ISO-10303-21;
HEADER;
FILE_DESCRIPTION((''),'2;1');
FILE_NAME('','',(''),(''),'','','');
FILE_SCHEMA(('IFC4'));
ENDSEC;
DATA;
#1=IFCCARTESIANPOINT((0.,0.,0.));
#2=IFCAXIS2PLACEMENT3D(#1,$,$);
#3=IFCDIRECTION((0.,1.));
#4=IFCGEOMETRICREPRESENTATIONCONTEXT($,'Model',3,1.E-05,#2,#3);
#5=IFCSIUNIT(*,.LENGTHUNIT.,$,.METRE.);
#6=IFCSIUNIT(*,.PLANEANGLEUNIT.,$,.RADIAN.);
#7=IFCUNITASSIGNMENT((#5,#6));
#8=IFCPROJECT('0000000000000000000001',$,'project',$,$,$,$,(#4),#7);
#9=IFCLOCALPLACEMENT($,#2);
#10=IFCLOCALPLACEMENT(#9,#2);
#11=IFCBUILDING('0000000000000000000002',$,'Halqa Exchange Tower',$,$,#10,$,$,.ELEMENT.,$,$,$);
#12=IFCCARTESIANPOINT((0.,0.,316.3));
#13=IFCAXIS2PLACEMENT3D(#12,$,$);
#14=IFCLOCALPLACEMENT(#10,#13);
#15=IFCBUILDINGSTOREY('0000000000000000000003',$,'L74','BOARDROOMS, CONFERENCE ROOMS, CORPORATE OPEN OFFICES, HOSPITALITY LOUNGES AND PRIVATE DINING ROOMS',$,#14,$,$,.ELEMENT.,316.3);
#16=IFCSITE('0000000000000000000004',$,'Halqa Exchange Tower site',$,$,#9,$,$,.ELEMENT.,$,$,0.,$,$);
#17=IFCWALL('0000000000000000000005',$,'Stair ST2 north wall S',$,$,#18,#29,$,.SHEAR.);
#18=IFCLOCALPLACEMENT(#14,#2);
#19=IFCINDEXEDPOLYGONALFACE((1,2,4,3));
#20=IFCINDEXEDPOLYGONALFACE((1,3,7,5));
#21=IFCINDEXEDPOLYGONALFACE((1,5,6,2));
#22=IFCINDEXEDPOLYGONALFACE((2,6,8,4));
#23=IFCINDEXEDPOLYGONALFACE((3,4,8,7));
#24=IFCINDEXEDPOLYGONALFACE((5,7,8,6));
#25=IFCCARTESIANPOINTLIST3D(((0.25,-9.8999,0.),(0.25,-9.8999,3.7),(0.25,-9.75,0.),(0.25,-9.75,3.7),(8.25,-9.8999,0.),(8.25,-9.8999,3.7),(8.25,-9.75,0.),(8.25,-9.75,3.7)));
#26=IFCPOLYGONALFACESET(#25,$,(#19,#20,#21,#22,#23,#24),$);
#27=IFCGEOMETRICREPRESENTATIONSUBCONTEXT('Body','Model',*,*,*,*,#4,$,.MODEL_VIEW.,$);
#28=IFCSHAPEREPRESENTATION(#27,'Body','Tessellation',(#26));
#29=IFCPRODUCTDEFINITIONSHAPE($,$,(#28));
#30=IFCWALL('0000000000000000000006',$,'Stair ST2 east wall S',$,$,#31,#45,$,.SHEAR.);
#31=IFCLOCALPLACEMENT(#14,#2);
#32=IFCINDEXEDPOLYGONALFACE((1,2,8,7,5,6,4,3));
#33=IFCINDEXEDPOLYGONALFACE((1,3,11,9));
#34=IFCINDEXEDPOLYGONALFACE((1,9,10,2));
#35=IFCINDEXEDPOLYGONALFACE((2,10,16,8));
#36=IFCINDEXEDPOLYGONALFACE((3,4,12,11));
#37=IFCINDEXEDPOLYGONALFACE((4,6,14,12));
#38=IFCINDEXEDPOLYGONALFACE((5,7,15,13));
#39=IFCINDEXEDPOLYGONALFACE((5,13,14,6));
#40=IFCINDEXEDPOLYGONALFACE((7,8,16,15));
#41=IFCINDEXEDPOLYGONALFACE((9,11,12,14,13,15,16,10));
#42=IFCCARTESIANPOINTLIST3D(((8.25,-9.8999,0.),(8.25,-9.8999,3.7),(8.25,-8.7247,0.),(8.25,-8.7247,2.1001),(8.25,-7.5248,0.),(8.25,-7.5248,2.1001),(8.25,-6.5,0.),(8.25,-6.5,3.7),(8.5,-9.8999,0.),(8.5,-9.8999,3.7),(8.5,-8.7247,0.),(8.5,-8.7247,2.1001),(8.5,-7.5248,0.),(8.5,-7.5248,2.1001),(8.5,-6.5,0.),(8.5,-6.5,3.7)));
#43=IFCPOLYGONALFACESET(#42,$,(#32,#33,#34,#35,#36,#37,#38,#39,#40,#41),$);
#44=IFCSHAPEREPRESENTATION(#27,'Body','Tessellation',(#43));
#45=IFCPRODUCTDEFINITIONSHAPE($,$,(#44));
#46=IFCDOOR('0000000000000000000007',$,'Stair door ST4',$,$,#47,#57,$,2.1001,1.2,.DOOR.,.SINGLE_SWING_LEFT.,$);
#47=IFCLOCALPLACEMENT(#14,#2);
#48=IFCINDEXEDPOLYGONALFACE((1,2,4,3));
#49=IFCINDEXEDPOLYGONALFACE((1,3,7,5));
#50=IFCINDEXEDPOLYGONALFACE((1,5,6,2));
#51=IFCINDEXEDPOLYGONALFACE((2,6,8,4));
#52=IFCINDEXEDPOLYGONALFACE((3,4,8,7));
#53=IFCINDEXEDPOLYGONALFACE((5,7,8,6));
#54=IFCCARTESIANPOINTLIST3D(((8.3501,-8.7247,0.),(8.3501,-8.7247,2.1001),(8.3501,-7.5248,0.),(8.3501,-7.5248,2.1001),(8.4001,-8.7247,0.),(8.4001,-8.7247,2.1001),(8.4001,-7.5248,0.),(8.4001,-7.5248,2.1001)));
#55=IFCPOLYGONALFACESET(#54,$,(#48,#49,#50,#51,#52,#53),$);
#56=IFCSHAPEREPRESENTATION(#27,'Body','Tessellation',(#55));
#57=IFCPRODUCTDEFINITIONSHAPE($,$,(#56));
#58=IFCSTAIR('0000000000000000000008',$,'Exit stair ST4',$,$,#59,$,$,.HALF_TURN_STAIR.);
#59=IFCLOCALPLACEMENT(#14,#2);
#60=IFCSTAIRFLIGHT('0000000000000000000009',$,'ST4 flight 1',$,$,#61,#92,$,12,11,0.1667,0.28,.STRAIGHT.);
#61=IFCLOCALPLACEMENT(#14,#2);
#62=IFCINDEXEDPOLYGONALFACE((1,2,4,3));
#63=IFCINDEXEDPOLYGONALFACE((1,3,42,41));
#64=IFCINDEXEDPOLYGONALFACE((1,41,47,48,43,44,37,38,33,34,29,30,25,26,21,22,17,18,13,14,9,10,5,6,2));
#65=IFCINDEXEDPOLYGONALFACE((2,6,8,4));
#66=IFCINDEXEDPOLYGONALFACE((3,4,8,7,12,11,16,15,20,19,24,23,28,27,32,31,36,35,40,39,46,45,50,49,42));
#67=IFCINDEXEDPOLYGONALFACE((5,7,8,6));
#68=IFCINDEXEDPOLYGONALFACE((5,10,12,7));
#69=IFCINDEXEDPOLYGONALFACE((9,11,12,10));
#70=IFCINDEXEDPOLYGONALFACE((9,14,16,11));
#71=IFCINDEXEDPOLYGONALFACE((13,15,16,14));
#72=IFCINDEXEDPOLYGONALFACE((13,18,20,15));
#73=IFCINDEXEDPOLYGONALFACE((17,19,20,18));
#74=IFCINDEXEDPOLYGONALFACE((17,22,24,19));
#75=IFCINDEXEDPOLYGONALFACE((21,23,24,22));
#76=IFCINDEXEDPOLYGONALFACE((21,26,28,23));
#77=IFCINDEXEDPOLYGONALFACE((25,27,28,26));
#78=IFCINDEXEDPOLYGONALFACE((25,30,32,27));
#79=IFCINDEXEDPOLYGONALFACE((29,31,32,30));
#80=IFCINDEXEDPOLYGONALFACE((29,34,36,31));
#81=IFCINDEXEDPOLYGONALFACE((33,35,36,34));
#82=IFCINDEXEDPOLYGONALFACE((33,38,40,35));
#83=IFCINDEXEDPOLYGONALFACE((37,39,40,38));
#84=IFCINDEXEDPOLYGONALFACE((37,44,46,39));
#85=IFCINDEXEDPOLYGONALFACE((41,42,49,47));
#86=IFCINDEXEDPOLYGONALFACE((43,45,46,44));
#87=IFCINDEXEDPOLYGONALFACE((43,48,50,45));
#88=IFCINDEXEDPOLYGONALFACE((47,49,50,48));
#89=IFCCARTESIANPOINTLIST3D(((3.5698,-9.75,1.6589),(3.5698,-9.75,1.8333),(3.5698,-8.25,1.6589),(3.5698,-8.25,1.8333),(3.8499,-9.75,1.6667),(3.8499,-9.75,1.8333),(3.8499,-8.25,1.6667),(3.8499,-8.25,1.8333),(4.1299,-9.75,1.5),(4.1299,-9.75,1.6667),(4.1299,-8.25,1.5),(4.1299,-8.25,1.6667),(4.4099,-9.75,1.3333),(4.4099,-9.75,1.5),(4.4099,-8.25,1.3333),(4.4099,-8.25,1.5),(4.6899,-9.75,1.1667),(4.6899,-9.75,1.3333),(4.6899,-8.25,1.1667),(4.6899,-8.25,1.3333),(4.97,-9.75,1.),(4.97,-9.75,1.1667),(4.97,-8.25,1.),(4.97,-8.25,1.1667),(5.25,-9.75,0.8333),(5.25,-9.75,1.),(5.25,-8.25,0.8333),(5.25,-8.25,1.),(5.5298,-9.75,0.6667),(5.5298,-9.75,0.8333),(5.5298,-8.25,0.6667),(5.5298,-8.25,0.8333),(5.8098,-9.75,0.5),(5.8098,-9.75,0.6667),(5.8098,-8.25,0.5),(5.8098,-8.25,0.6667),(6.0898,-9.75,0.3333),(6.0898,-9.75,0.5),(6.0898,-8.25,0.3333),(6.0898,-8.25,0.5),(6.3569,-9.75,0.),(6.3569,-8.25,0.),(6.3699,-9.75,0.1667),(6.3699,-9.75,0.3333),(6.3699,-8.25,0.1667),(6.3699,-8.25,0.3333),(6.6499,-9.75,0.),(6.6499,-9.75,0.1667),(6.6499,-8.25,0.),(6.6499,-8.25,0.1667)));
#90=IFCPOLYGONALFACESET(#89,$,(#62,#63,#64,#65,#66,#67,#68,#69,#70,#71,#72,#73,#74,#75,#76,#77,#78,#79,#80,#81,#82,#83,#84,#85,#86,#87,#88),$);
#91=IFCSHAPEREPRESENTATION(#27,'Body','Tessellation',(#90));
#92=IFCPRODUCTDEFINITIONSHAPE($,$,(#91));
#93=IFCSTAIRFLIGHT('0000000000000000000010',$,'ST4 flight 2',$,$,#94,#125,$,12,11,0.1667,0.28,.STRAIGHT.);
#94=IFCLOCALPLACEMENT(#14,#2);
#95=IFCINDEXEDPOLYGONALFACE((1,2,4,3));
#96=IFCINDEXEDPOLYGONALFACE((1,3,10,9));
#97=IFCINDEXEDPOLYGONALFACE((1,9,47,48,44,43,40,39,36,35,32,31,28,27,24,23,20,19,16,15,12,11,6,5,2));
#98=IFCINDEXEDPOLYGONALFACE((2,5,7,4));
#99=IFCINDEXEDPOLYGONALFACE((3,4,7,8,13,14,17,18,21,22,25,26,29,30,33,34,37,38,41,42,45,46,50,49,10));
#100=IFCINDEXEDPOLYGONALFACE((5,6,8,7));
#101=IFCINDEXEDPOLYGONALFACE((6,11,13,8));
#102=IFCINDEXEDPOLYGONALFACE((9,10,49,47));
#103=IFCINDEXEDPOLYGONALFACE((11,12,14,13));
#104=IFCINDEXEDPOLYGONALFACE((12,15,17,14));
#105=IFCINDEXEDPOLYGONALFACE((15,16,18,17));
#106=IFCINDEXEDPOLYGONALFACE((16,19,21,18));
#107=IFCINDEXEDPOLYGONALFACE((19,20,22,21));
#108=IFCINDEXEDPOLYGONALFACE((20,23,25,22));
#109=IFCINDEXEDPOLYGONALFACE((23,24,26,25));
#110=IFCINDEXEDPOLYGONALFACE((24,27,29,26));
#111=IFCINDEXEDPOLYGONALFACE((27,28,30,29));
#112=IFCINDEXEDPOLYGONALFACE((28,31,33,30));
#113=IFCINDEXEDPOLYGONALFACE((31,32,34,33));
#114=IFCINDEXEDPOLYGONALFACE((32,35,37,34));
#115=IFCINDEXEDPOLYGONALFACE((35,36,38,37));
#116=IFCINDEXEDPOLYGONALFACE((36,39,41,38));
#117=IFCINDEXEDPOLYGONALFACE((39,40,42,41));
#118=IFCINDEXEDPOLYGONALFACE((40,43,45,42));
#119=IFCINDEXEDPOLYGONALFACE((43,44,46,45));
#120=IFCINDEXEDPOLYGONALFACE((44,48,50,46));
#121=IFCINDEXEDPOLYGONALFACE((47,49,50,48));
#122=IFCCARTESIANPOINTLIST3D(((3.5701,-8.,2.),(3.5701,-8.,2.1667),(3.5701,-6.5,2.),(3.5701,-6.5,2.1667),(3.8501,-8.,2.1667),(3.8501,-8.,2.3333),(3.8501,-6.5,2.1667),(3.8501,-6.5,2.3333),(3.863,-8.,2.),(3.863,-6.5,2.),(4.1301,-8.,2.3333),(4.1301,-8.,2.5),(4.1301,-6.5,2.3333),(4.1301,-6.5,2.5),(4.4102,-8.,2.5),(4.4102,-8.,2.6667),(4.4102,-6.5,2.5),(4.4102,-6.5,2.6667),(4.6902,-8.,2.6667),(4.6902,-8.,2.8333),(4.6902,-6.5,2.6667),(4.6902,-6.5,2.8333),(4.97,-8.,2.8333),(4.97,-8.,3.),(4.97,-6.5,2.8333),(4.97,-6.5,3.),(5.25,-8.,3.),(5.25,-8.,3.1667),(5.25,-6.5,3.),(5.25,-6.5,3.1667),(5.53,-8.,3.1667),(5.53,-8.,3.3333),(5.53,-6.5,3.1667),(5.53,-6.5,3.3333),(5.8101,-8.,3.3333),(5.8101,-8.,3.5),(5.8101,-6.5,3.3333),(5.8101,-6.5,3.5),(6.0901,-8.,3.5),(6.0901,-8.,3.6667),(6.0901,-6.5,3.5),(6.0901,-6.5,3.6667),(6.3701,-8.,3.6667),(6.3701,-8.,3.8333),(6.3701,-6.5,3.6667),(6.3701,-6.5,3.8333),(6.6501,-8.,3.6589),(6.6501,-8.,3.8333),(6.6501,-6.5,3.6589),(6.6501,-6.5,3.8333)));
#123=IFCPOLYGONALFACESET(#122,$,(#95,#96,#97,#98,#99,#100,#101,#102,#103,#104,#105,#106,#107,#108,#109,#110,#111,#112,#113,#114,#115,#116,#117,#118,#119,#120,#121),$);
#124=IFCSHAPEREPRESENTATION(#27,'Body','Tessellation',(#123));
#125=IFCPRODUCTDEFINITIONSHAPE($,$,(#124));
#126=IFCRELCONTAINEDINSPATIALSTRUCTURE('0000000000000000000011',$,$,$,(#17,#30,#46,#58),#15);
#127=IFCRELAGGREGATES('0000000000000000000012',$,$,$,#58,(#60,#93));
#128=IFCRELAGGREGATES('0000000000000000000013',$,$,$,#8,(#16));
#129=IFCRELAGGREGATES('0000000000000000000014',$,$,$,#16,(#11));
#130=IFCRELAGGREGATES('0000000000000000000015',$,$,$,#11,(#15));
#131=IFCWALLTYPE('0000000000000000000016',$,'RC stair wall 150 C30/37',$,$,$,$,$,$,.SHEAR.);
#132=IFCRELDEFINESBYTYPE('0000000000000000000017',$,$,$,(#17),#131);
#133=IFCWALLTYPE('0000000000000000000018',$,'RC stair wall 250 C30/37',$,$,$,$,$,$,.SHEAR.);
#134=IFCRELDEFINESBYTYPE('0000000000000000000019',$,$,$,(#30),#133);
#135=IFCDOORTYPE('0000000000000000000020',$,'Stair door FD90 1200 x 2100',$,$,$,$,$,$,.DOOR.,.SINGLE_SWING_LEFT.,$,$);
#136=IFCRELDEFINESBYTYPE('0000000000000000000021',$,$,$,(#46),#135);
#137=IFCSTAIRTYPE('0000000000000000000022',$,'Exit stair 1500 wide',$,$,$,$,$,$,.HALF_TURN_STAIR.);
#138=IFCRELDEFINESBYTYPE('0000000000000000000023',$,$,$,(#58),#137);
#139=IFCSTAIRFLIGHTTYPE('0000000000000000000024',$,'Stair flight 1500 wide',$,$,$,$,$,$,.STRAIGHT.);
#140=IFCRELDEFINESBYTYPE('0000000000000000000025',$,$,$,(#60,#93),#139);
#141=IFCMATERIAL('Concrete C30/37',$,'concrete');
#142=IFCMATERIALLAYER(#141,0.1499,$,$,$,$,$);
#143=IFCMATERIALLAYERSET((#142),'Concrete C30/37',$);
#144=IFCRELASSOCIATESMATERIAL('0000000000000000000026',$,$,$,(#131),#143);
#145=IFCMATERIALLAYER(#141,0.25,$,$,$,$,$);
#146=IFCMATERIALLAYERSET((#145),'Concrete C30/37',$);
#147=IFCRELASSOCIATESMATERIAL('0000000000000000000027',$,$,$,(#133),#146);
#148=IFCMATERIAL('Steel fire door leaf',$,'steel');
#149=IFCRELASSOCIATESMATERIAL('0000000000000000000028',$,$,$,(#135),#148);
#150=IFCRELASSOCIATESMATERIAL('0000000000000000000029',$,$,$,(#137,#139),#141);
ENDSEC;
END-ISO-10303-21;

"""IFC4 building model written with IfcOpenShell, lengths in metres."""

from ifc_helpers import new_model, si_unit, direction, frame, frame_2d, origin, place, context, subcontext, project, spatial, polyline, rectangle, outline, extrude, material, layer, layer_set, type_object, element, fill, aggregate, save


model = new_model("IFC4")

# Units and contexts
model_context = context("Model", 3, precision=1e-05, world=origin(), true_north=direction((0.0, 1.0)))
body_context = subcontext(model_context, "Body", "Model", "MODEL_VIEW")
ifc_project = project(units=[si_unit("LENGTHUNIT", "METRE"), si_unit("PLANEANGLEUNIT", "RADIAN")], contexts=[model_context])

# Site, building, storey
site_placement = place(None, origin())
site = spatial("IfcSite", under=ifc_project, at=site_placement, Name="Halqa Exchange Tower site", CompositionType="ELEMENT", RefElevation=0.0)
building_placement = place(site_placement, origin())
building = spatial("IfcBuilding", under=site, at=building_placement, Name="Halqa Exchange Tower", CompositionType="ELEMENT")
storey_placement = place(building_placement, frame((0.0, 0.0, 316.3)))
storey = spatial("IfcBuildingStorey", under=building, at=storey_placement, Name="L74", Description="BOARDROOMS, CONFERENCE ROOMS, CORPORATE OPEN OFFICES, HOSPITALITY LOUNGES AND PRIVATE DINING ROOMS", CompositionType="ELEMENT", Elevation=316.3)

# Wall
ifc_material_1 = material(Name="Concrete C30/37", Category="concrete")
ifc_layer_1 = layer(ifc_material_1, 0.1499)
ifc_layer_set_1 = layer_set([ifc_layer_1], Name="Concrete C30/37")
wall_type_1 = type_object("IfcWallType", Name="RC stair wall 150 C30/37", PredefinedType="SHEAR", material=ifc_layer_set_1)
wall_1_placement = place(storey_placement, frame((0.25, -9.825, 0.0), z_axis=(0.0, 0.0, 1.0), x_axis=(1.0, 0.0, 0.0)))
element("IfcWall", 1, at=wall_1_placement, inside=storey, type_object=wall_type_1, Name="Stair ST2 north wall S", PredefinedType="SHEAR", context=body_context, shape_type="SweptSolid", body=[
    extrude(rectangle(XDim=8.0, YDim=0.1499, at=frame_2d((4.0, 0.0))), origin(), (0.0, 0.0, 1.0), 3.7),
])

# Wall, opening, door
ifc_layer_2 = layer(ifc_material_1, 0.25)
ifc_layer_set_2 = layer_set([ifc_layer_2], Name="Concrete C30/37")
wall_type_2 = type_object("IfcWallType", Name="RC stair wall 250 C30/37", PredefinedType="SHEAR", material=ifc_layer_set_2)
wall_2_placement = place(storey_placement, frame((8.375, -9.8999, 0.0), z_axis=(0.0, 0.0, 1.0), x_axis=(0.0, 1.0, 0.0)))
wall_2 = element("IfcWall", 2, at=wall_2_placement, inside=storey, type_object=wall_type_2, Name="Stair ST2 east wall S", PredefinedType="SHEAR", context=body_context, shape_type="SweptSolid", body=[
    extrude(rectangle(XDim=3.3999, YDim=0.25, at=frame_2d((1.7, 0.0))), origin(), (0.0, 0.0, 1.0), 3.7),
])
opening_placement = place(wall_2_placement, frame((1.175, 0.0, 0.0)))
opening = element("IfcOpeningElement", 3, at=opening_placement, cuts=wall_2, PredefinedType="OPENING", context=body_context, shape_type="SweptSolid", body=[
    extrude(rectangle(XDim=1.2, YDim=2.1001, at=frame_2d((0.6001, 1.05))), frame((0.0, 0.137, 0.0), z_axis=(0.0, -1.0, 0.0), x_axis=(1.0, 0.0, 0.0)), (0.0, 0.0, 1.0), 0.2739),
])
ifc_material_2 = material(Name="Steel fire door leaf", Category="steel")
door_type = type_object("IfcDoorType", Name="Stair door FD90 1200 x 2100", OperationType="SINGLE_SWING_LEFT", PredefinedType="DOOR", material=ifc_material_2)
door_placement = place(opening_placement, origin())
door = element("IfcDoor", 4, at=door_placement, inside=storey, type_object=door_type, Name="Stair door ST4", OperationType="SINGLE_SWING_LEFT", OverallHeight=2.1001, OverallWidth=1.2, PredefinedType="DOOR", context=body_context, shape_type="SweptSolid", body=[
    extrude(rectangle(XDim=1.2, YDim=2.1001, at=frame_2d((0.6001, 1.05))), frame((0.0, 0.0249, 0.0), z_axis=(0.0, -1.0, 0.0), x_axis=(1.0, 0.0, 0.0)), (0.0, 0.0, 1.0), 0.05),
])
fill(opening, door)

# Stair, stair flights
stair_type = type_object("IfcStairType", Name="Exit stair 1500 wide", PredefinedType="HALF_TURN_STAIR", material=ifc_material_1)
stair_placement = place(storey_placement, origin())
stair = element("IfcStair", 5, at=stair_placement, inside=storey, type_object=stair_type, Name="Exit stair ST4", PredefinedType="HALF_TURN_STAIR")
stair_flight_type = type_object("IfcStairFlightType", Name="Stair flight 1500 wide", PredefinedType="STRAIGHT", material=ifc_material_1)
stair_flight_1_placement = place(storey_placement, frame((6.6499, -9.0, 0.0), z_axis=(0.0, 0.0, 1.0), x_axis=(-1.0, 0.0, 0.0)))
stair_flight_1 = element("IfcStairFlight", 6, at=stair_flight_1_placement, type_object=stair_flight_type, Name="ST4 flight 1", NumberOfRisers=12, NumberOfTreads=11, PredefinedType="STRAIGHT", RiserHeight=0.1667, TreadLength=0.28, context=body_context, shape_type="SweptSolid", body=[
    extrude(outline(polyline([(0.0, 0.0), (0.0, 0.1667), (0.28, 0.1667), (0.28, 0.3333), (0.5601, 0.3333), (0.5601, 0.5), (0.8401, 0.5), (0.8401, 0.6667), (1.1201, 0.6667), (1.1201, 0.8333), (1.3999, 0.8333), (1.3999, 1.0), (1.6799, 1.0), (1.6799, 1.1667), (1.96, 1.1667), (1.96, 1.3333), (2.24, 1.3333), (2.24, 1.5), (2.52, 1.5), (2.52, 1.6667), (2.8, 1.6667), (2.8, 1.8333), (3.0801, 1.8333), (3.0801, 2.0), (3.0801, 1.6589), (0.293, 0.0), (0.0, 0.0)])), frame((0.0, 0.75, 0.0), z_axis=(0.0, -1.0, 0.0), x_axis=(1.0, 0.0, 0.0)), (0.0, 0.0, 1.0), 1.5),
])
stair_flight_2_placement = place(storey_placement, frame((3.5701, -7.25, 2.0), z_axis=(0.0, 0.0, 1.0), x_axis=(1.0, 0.0, 0.0)))
stair_flight_2 = element("IfcStairFlight", 7, at=stair_flight_2_placement, type_object=stair_flight_type, Name="ST4 flight 2", NumberOfRisers=12, NumberOfTreads=11, PredefinedType="STRAIGHT", RiserHeight=0.1667, TreadLength=0.28, context=body_context, shape_type="SweptSolid", body=[
    extrude(outline(polyline([(0.0, 0.0), (0.0, 0.1667), (0.28, 0.1667), (0.28, 0.3333), (0.5601, 0.3333), (0.5601, 0.5), (0.8401, 0.5), (0.8401, 0.6667), (1.1201, 0.6667), (1.1201, 0.8333), (1.3999, 0.8333), (1.3999, 1.0), (1.6799, 1.0), (1.6799, 1.1667), (1.96, 1.1667), (1.96, 1.3333), (2.24, 1.3333), (2.24, 1.5), (2.52, 1.5), (2.52, 1.6667), (2.8, 1.6667), (2.8, 1.8333), (3.0801, 1.8333), (3.0801, 2.0), (3.0801, 1.6589), (0.293, 0.0), (0.0, 0.0)])), frame((0.0, 0.75, 0.0), z_axis=(0.0, -1.0, 0.0), x_axis=(1.0, 0.0, 0.0)), (0.0, 0.0, 1.0), 1.5),
])
aggregate(stair, [stair_flight_1, stair_flight_2])

save(model, "model.ifc")
